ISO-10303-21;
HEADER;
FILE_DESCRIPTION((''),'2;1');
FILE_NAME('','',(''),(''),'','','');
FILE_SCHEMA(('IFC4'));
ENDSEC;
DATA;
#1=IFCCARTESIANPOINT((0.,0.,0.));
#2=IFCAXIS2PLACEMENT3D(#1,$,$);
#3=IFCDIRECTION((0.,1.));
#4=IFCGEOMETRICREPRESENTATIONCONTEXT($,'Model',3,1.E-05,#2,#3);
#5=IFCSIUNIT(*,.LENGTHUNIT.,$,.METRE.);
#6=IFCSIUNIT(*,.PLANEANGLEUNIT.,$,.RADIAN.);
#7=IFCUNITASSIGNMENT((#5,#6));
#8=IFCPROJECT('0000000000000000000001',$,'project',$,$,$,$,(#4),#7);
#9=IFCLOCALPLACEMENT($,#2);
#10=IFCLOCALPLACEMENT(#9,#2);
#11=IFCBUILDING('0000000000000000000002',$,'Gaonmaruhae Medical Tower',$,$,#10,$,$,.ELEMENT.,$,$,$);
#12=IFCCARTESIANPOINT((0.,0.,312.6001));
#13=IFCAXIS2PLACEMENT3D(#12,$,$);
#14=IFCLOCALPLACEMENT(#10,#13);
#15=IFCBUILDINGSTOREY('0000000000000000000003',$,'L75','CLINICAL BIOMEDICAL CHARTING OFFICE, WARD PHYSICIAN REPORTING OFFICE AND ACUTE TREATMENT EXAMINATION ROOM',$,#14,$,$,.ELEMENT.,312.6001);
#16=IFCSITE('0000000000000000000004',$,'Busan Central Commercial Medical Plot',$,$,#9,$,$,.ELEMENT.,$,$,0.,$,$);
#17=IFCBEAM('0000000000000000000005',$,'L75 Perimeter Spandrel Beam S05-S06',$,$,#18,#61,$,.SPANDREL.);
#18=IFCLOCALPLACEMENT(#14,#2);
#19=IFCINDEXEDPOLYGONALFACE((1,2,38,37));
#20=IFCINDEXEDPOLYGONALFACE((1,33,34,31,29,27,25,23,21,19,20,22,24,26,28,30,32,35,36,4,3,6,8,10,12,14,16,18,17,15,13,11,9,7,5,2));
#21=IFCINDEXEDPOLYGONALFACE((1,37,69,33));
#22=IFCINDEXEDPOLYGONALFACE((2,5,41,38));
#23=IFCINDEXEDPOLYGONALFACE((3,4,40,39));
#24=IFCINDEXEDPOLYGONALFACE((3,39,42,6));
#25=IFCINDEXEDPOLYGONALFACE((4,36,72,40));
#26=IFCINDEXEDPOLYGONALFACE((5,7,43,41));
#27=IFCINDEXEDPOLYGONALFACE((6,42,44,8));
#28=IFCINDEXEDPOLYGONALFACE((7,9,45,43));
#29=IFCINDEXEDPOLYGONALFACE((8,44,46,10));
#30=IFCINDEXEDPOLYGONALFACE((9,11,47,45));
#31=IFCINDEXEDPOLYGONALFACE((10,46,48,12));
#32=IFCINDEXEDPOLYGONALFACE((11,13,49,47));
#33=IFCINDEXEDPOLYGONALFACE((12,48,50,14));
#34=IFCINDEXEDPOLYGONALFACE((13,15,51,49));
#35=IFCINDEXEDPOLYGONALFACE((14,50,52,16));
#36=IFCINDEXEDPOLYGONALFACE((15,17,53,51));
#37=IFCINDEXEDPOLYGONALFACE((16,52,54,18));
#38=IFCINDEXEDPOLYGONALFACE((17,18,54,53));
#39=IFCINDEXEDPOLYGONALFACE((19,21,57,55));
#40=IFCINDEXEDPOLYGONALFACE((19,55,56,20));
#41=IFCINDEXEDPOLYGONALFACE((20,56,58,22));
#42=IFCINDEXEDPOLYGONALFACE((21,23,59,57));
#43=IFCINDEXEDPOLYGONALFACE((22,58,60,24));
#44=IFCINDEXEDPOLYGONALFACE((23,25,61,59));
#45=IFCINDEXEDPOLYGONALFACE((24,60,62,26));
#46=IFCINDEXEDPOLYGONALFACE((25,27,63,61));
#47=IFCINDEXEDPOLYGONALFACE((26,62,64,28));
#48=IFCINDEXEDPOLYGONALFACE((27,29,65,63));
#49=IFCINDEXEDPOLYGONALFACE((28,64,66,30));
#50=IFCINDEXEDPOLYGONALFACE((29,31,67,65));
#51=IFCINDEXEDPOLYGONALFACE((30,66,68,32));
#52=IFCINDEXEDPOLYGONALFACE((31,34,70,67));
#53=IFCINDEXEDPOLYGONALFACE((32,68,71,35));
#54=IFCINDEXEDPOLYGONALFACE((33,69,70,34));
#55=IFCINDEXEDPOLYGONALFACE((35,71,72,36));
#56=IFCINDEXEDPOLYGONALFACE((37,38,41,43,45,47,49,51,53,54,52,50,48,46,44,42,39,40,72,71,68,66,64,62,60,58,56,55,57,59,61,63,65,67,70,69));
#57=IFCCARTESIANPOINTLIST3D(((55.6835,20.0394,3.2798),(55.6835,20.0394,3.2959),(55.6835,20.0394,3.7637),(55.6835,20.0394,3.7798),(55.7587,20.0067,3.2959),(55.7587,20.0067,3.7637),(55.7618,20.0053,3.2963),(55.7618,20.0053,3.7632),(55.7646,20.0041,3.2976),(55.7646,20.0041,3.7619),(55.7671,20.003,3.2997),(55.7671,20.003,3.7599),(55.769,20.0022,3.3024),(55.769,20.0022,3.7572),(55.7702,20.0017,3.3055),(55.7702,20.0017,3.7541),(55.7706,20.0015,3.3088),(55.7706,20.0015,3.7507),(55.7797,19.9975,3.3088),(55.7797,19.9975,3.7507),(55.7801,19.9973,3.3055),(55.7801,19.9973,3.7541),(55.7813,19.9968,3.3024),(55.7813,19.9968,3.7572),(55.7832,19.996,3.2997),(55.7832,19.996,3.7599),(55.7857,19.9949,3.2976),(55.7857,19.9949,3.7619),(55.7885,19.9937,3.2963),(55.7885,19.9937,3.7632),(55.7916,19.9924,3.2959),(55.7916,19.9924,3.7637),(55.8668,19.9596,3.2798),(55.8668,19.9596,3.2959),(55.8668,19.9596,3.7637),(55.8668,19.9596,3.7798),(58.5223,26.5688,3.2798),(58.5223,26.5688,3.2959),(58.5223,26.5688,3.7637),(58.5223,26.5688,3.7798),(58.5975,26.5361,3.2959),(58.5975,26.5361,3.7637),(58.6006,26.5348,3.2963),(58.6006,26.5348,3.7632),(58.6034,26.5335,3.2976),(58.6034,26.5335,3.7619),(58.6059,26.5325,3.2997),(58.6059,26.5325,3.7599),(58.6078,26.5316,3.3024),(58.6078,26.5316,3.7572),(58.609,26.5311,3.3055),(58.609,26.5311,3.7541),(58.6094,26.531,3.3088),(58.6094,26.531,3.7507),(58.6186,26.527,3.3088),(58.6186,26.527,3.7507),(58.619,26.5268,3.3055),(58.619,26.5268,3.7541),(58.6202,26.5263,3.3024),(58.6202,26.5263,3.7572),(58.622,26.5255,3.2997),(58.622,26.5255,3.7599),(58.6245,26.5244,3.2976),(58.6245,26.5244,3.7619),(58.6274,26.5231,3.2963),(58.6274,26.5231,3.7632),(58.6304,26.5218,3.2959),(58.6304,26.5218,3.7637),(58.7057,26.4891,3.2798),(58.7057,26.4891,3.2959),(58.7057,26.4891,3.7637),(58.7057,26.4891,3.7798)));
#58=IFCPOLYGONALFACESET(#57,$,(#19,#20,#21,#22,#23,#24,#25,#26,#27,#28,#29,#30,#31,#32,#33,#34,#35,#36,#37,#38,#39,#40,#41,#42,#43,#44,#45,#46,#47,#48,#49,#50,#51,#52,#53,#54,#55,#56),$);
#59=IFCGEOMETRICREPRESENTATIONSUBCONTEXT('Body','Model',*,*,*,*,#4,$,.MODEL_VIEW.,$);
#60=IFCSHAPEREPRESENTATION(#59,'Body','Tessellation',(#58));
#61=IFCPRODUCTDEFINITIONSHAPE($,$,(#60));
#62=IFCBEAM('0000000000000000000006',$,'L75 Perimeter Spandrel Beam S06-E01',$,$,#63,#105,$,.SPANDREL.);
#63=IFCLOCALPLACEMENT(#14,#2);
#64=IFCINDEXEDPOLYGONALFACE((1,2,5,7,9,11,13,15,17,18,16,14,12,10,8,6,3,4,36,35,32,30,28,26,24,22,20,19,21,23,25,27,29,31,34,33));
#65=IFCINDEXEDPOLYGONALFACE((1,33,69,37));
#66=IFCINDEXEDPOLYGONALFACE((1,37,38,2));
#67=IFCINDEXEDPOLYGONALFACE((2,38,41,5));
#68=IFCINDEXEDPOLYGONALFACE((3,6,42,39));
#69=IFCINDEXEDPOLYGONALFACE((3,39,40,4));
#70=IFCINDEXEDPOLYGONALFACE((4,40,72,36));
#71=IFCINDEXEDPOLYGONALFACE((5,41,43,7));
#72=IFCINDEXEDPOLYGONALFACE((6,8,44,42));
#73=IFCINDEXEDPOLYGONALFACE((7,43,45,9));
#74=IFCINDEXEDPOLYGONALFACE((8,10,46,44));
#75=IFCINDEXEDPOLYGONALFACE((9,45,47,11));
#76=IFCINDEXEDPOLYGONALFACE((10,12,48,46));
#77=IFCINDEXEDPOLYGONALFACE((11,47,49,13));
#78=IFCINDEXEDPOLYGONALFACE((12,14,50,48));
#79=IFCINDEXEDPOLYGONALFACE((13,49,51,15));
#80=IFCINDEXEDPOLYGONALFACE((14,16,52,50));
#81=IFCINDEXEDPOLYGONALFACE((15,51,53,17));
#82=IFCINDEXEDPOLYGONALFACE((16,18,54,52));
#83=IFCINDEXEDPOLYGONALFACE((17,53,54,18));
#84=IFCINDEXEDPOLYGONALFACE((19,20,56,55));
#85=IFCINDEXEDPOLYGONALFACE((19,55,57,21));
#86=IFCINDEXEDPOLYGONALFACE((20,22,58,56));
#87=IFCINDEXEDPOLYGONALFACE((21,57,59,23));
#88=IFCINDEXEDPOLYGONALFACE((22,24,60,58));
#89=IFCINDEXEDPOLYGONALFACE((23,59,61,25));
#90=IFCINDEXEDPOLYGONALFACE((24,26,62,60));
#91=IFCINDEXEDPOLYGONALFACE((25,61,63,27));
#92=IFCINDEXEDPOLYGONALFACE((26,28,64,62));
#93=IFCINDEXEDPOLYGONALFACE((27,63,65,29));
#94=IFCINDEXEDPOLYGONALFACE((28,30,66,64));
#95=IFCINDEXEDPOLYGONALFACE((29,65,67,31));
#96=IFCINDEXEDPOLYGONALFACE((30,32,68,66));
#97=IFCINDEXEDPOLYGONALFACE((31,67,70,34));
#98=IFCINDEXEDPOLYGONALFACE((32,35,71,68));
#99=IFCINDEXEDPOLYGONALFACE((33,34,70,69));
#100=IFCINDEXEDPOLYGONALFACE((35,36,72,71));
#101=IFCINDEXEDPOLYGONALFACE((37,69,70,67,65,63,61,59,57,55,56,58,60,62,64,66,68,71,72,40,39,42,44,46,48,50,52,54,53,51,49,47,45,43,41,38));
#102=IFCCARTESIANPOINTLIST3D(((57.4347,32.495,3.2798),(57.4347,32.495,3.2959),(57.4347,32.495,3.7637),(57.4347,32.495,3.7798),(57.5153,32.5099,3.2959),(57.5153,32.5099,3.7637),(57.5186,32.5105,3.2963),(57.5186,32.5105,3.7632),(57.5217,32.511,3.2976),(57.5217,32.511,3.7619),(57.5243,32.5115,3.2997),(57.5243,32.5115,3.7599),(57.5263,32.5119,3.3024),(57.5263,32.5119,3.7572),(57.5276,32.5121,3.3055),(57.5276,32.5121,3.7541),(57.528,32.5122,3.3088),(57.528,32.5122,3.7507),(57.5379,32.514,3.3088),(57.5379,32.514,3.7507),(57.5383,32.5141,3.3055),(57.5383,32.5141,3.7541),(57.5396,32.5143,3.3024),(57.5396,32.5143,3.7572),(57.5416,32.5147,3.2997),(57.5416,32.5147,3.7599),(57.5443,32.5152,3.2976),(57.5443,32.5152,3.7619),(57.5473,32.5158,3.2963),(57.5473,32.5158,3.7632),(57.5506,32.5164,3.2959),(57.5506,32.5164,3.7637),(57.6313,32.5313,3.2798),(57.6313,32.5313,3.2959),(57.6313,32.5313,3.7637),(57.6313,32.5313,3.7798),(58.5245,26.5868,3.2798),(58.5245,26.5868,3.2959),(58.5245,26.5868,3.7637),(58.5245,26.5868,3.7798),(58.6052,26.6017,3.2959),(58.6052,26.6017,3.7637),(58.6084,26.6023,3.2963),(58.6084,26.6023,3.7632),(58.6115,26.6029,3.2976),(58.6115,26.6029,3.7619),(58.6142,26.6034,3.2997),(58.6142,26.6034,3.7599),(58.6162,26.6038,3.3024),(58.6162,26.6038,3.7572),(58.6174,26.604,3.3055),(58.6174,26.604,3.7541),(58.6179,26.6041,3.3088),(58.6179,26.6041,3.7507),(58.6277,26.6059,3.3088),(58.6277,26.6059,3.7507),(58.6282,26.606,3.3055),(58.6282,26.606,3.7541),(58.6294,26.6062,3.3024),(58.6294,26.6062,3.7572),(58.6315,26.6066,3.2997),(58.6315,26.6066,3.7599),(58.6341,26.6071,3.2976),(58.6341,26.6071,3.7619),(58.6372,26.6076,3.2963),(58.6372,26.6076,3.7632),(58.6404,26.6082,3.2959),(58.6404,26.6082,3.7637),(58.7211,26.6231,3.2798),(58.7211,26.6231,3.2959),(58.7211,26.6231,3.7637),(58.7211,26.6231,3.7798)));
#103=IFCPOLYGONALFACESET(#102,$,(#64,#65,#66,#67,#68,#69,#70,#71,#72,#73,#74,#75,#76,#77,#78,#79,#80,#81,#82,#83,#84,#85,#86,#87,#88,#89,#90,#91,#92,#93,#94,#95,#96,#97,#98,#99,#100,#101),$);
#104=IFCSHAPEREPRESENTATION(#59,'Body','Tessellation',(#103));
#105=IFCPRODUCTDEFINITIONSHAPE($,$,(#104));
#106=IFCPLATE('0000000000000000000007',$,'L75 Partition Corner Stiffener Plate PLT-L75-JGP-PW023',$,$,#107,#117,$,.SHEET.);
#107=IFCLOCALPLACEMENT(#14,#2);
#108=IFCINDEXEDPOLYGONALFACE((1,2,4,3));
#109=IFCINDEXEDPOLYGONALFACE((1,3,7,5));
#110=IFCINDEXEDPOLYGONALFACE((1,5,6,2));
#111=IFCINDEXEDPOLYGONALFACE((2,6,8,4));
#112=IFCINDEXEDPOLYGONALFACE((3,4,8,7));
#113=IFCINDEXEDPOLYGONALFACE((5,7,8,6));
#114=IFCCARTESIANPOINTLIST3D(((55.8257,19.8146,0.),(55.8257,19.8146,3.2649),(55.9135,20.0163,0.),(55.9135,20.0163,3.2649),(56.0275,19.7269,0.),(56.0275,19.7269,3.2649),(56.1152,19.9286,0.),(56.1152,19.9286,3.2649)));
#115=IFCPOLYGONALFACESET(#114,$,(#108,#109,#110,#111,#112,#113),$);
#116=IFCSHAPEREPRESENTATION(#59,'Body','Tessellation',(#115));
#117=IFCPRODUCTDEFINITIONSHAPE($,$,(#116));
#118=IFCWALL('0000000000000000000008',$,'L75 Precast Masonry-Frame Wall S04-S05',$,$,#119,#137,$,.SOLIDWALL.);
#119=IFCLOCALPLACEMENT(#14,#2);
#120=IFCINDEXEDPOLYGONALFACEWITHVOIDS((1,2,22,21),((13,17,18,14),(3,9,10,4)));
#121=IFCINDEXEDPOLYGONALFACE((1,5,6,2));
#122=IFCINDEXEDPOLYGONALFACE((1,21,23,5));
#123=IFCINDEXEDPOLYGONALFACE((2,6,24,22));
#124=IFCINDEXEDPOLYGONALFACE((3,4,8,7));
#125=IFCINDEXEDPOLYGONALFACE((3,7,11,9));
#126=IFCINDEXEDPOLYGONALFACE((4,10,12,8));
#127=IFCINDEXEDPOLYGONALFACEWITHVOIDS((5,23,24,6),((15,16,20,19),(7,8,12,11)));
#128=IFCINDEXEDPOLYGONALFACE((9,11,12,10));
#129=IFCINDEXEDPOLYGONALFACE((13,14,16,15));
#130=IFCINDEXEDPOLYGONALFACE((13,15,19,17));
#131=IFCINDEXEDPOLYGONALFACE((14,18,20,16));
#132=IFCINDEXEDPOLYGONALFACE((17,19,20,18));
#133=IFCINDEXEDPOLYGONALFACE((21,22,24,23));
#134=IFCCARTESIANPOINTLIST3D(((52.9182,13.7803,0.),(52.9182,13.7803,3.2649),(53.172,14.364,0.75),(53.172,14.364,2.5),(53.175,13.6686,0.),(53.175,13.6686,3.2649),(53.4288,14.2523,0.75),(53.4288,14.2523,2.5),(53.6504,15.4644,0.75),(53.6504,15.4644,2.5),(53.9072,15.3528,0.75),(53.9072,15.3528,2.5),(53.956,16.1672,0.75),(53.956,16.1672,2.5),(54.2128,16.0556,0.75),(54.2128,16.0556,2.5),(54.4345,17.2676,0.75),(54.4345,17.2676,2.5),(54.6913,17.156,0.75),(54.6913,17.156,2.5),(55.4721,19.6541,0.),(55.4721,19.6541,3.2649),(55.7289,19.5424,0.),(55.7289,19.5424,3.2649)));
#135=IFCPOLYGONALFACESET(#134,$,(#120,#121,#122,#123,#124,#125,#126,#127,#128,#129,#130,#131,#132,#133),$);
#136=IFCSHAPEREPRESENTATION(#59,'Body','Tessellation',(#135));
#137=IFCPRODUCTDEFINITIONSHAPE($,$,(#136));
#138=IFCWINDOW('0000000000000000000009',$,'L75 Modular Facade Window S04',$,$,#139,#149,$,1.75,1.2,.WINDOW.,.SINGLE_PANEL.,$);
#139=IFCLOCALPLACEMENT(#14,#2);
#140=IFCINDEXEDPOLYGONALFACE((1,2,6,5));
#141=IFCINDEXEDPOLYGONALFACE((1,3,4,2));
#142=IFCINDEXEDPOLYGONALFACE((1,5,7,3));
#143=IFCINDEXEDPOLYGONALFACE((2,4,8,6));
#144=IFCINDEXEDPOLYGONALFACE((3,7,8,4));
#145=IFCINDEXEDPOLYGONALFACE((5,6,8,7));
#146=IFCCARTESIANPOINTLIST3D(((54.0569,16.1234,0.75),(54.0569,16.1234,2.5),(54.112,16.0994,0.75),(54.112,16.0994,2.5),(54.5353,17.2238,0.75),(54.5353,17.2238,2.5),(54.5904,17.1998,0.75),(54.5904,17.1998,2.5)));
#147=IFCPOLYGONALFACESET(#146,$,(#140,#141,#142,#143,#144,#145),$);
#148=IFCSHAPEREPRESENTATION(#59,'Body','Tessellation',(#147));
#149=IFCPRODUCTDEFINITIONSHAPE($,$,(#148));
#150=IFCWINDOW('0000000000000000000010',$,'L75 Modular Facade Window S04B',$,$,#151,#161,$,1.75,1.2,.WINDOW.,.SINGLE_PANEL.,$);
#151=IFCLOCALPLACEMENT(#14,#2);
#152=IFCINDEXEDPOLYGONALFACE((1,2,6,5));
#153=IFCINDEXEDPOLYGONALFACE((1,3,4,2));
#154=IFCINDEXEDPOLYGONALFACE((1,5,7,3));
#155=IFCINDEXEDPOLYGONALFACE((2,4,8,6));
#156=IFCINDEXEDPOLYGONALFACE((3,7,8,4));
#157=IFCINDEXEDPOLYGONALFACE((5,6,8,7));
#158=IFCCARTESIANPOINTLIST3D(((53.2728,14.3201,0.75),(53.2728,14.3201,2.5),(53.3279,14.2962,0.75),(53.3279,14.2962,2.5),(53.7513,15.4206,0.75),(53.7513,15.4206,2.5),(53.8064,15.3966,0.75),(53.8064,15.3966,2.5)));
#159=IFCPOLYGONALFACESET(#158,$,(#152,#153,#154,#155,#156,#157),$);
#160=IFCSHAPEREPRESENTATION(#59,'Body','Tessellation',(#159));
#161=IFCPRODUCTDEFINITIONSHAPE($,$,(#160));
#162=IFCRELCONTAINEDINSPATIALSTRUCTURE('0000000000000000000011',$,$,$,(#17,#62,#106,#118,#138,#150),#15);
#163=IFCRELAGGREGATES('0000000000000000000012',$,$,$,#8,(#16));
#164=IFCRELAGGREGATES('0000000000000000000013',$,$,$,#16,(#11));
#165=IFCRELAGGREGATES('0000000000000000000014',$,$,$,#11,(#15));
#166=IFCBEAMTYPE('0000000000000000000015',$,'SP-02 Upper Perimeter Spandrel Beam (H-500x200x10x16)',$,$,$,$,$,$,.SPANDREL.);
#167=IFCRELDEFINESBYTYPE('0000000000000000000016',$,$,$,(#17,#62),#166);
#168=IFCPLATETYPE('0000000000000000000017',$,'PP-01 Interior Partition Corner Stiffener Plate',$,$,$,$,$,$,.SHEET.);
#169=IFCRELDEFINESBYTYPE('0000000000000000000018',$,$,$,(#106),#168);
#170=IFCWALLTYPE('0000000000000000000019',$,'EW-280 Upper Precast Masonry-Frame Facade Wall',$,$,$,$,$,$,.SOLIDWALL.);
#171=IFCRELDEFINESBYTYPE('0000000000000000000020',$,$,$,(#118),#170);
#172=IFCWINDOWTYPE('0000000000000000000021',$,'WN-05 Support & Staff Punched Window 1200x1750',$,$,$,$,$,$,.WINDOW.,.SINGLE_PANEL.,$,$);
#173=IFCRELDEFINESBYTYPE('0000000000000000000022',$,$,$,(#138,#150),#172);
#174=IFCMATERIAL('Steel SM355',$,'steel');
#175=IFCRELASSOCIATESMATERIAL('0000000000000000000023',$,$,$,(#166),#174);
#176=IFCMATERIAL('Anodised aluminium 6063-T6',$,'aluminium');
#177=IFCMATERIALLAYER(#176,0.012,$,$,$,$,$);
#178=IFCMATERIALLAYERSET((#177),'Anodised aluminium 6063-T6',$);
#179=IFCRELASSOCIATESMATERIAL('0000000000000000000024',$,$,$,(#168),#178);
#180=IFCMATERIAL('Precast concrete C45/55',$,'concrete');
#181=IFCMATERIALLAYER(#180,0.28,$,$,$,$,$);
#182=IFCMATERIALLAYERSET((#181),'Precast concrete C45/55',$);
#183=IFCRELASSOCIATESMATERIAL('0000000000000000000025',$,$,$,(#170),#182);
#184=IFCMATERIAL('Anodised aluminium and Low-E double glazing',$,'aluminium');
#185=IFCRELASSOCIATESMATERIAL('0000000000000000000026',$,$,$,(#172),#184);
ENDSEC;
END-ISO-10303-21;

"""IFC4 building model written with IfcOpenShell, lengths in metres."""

from ifc_helpers import new_model, si_unit, direction, frame, frame_2d, origin, origin_2d, place, context, subcontext, project, spatial, rectangle, i_section, extrude, material, layer, layer_set, material_profile, profile_set, type_object, element, fill, save


model = new_model("IFC4")

# Units and contexts
model_context = context("Model", 3, precision=1e-05, world=origin(), true_north=direction((0.0, 1.0)))
body_context = subcontext(model_context, "Body", "Model", "MODEL_VIEW")
ifc_project = project(units=[si_unit("LENGTHUNIT", "METRE"), si_unit("PLANEANGLEUNIT", "RADIAN")], contexts=[model_context])

# Site, building, storey
site_placement = place(None, origin())
site = spatial("IfcSite", under=ifc_project, at=site_placement, Name="Busan Central Commercial Medical Plot", CompositionType="ELEMENT", RefElevation=0.0)
building_placement = place(site_placement, origin())
building = spatial("IfcBuilding", under=site, at=building_placement, Name="Gaonmaruhae Medical Tower", CompositionType="ELEMENT")
storey_placement = place(building_placement, frame((0.0, 0.0, 312.6001)))
storey = spatial("IfcBuildingStorey", under=building, at=storey_placement, Name="L75", Description="CLINICAL BIOMEDICAL CHARTING OFFICE, WARD PHYSICIAN REPORTING OFFICE AND ACUTE TREATMENT EXAMINATION ROOM", CompositionType="ELEMENT", Elevation=312.6001)

# Beams
ifc_material_1 = material(Name="Steel SM355", Category="steel")
ifc_material_profile_1 = material_profile(ifc_material_1, i_section(OverallWidth=0.2, OverallDepth=0.5, WebThickness=0.01, FlangeThickness=0.0161, FilletRadius=0.0129, at=origin_2d()), Name="H-500x200x10x16")
ifc_profile_set_1 = profile_set([ifc_material_profile_1], Name="Steel SM355")
beam_type_1 = type_object("IfcBeamType", Name="SP-02 Upper Perimeter Spandrel Beam (H-500x200x10x16)", PredefinedType="SPANDREL", material=ifc_profile_set_1)
beam_1_placement = place(storey_placement, frame((55.7751, 19.9995, 3.5298), z_axis=(0.398719, 0.917073, 0.0), x_axis=(-0.917073, 0.398719, 0.0)))
element("IfcBeam", 1, at=beam_1_placement, inside=storey, type_object=beam_type_1, Name="L75 Perimeter Spandrel Beam S05-S06", PredefinedType="SPANDREL", context=body_context, shape_type="SweptSolid", body=[
    extrude(i_section(OverallWidth=0.2, OverallDepth=0.5, WebThickness=0.01, FlangeThickness=0.0161, FilletRadius=0.0129, at=origin_2d()), origin(), (0.0, 0.0, 1.0), 7.1199),
])
beam_2_placement = place(storey_placement, frame((58.6228, 26.605, 3.5298), z_axis=(-0.181402, 0.983409, 0.0), x_axis=(-0.983409, -0.181402, 0.0)))
element("IfcBeam", 2, at=beam_2_placement, inside=storey, type_object=beam_type_1, Name="L75 Perimeter Spandrel Beam S06-E01", PredefinedType="SPANDREL", context=body_context, shape_type="SweptSolid", body=[
    extrude(i_section(OverallWidth=0.2, OverallDepth=0.5, WebThickness=0.01, FlangeThickness=0.0161, FilletRadius=0.0129, at=origin_2d()), origin(), (0.0, 0.0, 1.0), 6.0078),
])

# Plate
ifc_material_2 = material(Name="Anodised aluminium 6063-T6", Category="aluminium")
ifc_layer_1 = layer(ifc_material_2, 0.012)
ifc_layer_set_1 = layer_set([ifc_layer_1], Name="Anodised aluminium 6063-T6")
plate_type = type_object("IfcPlateType", Name="PP-01 Interior Partition Corner Stiffener Plate", PredefinedType="SHEET", material=ifc_layer_set_1)
plate_placement = place(storey_placement, frame((55.9705, 19.8716, 0.0), z_axis=(0.0, 0.0, 1.0), x_axis=(-0.398765, -0.917053, 0.0)))
element("IfcPlate", 3, at=plate_placement, inside=storey, type_object=plate_type, Name="L75 Partition Corner Stiffener Plate PLT-L75-JGP-PW023", PredefinedType="SHEET", context=body_context, shape_type="SweptSolid", body=[
    extrude(rectangle(XDim=0.22, YDim=0.22, at=origin_2d()), origin(), (0.0, 0.0, 1.0), 3.2649),
])

# Wall, openings, windows
ifc_material_3 = material(Name="Precast concrete C45/55", Category="concrete")
ifc_layer_2 = layer(ifc_material_3, 0.28)
ifc_layer_set_2 = layer_set([ifc_layer_2], Name="Precast concrete C45/55")
wall_type_1 = type_object("IfcWallType", Name="EW-280 Upper Precast Masonry-Frame Facade Wall", PredefinedType="SOLIDWALL", material=ifc_layer_set_2)
wall_1_placement = place(storey_placement, frame((55.6006, 19.5984, 0.0), z_axis=(0.0, 0.0, 1.0), x_axis=(-0.398744, -0.917062, 0.0)))
wall_1 = element("IfcWall", 4, at=wall_1_placement, inside=storey, type_object=wall_type_1, Name="L75 Precast Masonry-Frame Wall S04-S05", PredefinedType="SOLIDWALL", context=body_context, shape_type="SweptSolid", body=[
    extrude(rectangle(XDim=6.405, YDim=0.28, at=frame_2d((3.2026, 0.0))), origin(), (0.0, 0.0, 1.0), 3.2649),
])
opening_1_placement = place(wall_1_placement, frame((2.6023, 0.0, 0.75)))
opening_1 = element("IfcOpeningElement", 5, at=opening_1_placement, cuts=wall_1, PredefinedType="OPENING", context=body_context, shape_type="SweptSolid", body=[
    extrude(rectangle(XDim=1.2, YDim=1.75, at=frame_2d((0.6001, 0.875))), frame((0.0, 0.1499, 0.0), z_axis=(0.0, -1.0, 0.0), x_axis=(1.0, 0.0, 0.0)), (0.0, 0.0, 1.0), 0.3),
])
opening_2_placement = place(wall_1_placement, frame((4.5686, 0.0, 0.75)))
opening_2 = element("IfcOpeningElement", 6, at=opening_2_placement, cuts=wall_1, PredefinedType="OPENING", context=body_context, shape_type="SweptSolid", body=[
    extrude(rectangle(XDim=1.2, YDim=1.75, at=frame_2d((0.6001, 0.875))), frame((0.0, 0.1499, 0.0), z_axis=(0.0, -1.0, 0.0), x_axis=(1.0, 0.0, 0.0)), (0.0, 0.0, 1.0), 0.3),
])
ifc_material_4 = material(Name="Anodised aluminium and Low-E double glazing", Category="aluminium")
window_type_1 = type_object("IfcWindowType", Name="WN-05 Support & Staff Punched Window 1200x1750", PartitioningType="SINGLE_PANEL", PredefinedType="WINDOW", material=ifc_material_4)
window_1_placement = place(opening_1_placement, origin())
window_1 = element("IfcWindow", 7, at=window_1_placement, inside=storey, type_object=window_type_1, Name="L75 Modular Facade Window S04", OverallHeight=1.75, OverallWidth=1.2, PartitioningType="SINGLE_PANEL", PredefinedType="WINDOW", context=body_context, shape_type="SweptSolid", body=[
    extrude(rectangle(XDim=1.2, YDim=1.75, at=frame_2d((0.6001, 0.875))), frame((0.0, 0.03, 0.0), z_axis=(0.0, -1.0, 0.0), x_axis=(1.0, 0.0, 0.0)), (0.0, 0.0, 1.0), 0.0601),
])
fill(opening_1, window_1)
window_2_placement = place(opening_2_placement, origin())
window_2 = element("IfcWindow", 8, at=window_2_placement, inside=storey, type_object=window_type_1, Name="L75 Modular Facade Window S04B", OverallHeight=1.75, OverallWidth=1.2, PartitioningType="SINGLE_PANEL", PredefinedType="WINDOW", context=body_context, shape_type="SweptSolid", body=[
    extrude(rectangle(XDim=1.2, YDim=1.75, at=frame_2d((0.6001, 0.875))), frame((0.0, 0.03, 0.0), z_axis=(0.0, -1.0, 0.0), x_axis=(1.0, 0.0, 0.0)), (0.0, 0.0, 1.0), 0.0601),
])
fill(opening_2, window_2)

save(model, "model.ifc")
